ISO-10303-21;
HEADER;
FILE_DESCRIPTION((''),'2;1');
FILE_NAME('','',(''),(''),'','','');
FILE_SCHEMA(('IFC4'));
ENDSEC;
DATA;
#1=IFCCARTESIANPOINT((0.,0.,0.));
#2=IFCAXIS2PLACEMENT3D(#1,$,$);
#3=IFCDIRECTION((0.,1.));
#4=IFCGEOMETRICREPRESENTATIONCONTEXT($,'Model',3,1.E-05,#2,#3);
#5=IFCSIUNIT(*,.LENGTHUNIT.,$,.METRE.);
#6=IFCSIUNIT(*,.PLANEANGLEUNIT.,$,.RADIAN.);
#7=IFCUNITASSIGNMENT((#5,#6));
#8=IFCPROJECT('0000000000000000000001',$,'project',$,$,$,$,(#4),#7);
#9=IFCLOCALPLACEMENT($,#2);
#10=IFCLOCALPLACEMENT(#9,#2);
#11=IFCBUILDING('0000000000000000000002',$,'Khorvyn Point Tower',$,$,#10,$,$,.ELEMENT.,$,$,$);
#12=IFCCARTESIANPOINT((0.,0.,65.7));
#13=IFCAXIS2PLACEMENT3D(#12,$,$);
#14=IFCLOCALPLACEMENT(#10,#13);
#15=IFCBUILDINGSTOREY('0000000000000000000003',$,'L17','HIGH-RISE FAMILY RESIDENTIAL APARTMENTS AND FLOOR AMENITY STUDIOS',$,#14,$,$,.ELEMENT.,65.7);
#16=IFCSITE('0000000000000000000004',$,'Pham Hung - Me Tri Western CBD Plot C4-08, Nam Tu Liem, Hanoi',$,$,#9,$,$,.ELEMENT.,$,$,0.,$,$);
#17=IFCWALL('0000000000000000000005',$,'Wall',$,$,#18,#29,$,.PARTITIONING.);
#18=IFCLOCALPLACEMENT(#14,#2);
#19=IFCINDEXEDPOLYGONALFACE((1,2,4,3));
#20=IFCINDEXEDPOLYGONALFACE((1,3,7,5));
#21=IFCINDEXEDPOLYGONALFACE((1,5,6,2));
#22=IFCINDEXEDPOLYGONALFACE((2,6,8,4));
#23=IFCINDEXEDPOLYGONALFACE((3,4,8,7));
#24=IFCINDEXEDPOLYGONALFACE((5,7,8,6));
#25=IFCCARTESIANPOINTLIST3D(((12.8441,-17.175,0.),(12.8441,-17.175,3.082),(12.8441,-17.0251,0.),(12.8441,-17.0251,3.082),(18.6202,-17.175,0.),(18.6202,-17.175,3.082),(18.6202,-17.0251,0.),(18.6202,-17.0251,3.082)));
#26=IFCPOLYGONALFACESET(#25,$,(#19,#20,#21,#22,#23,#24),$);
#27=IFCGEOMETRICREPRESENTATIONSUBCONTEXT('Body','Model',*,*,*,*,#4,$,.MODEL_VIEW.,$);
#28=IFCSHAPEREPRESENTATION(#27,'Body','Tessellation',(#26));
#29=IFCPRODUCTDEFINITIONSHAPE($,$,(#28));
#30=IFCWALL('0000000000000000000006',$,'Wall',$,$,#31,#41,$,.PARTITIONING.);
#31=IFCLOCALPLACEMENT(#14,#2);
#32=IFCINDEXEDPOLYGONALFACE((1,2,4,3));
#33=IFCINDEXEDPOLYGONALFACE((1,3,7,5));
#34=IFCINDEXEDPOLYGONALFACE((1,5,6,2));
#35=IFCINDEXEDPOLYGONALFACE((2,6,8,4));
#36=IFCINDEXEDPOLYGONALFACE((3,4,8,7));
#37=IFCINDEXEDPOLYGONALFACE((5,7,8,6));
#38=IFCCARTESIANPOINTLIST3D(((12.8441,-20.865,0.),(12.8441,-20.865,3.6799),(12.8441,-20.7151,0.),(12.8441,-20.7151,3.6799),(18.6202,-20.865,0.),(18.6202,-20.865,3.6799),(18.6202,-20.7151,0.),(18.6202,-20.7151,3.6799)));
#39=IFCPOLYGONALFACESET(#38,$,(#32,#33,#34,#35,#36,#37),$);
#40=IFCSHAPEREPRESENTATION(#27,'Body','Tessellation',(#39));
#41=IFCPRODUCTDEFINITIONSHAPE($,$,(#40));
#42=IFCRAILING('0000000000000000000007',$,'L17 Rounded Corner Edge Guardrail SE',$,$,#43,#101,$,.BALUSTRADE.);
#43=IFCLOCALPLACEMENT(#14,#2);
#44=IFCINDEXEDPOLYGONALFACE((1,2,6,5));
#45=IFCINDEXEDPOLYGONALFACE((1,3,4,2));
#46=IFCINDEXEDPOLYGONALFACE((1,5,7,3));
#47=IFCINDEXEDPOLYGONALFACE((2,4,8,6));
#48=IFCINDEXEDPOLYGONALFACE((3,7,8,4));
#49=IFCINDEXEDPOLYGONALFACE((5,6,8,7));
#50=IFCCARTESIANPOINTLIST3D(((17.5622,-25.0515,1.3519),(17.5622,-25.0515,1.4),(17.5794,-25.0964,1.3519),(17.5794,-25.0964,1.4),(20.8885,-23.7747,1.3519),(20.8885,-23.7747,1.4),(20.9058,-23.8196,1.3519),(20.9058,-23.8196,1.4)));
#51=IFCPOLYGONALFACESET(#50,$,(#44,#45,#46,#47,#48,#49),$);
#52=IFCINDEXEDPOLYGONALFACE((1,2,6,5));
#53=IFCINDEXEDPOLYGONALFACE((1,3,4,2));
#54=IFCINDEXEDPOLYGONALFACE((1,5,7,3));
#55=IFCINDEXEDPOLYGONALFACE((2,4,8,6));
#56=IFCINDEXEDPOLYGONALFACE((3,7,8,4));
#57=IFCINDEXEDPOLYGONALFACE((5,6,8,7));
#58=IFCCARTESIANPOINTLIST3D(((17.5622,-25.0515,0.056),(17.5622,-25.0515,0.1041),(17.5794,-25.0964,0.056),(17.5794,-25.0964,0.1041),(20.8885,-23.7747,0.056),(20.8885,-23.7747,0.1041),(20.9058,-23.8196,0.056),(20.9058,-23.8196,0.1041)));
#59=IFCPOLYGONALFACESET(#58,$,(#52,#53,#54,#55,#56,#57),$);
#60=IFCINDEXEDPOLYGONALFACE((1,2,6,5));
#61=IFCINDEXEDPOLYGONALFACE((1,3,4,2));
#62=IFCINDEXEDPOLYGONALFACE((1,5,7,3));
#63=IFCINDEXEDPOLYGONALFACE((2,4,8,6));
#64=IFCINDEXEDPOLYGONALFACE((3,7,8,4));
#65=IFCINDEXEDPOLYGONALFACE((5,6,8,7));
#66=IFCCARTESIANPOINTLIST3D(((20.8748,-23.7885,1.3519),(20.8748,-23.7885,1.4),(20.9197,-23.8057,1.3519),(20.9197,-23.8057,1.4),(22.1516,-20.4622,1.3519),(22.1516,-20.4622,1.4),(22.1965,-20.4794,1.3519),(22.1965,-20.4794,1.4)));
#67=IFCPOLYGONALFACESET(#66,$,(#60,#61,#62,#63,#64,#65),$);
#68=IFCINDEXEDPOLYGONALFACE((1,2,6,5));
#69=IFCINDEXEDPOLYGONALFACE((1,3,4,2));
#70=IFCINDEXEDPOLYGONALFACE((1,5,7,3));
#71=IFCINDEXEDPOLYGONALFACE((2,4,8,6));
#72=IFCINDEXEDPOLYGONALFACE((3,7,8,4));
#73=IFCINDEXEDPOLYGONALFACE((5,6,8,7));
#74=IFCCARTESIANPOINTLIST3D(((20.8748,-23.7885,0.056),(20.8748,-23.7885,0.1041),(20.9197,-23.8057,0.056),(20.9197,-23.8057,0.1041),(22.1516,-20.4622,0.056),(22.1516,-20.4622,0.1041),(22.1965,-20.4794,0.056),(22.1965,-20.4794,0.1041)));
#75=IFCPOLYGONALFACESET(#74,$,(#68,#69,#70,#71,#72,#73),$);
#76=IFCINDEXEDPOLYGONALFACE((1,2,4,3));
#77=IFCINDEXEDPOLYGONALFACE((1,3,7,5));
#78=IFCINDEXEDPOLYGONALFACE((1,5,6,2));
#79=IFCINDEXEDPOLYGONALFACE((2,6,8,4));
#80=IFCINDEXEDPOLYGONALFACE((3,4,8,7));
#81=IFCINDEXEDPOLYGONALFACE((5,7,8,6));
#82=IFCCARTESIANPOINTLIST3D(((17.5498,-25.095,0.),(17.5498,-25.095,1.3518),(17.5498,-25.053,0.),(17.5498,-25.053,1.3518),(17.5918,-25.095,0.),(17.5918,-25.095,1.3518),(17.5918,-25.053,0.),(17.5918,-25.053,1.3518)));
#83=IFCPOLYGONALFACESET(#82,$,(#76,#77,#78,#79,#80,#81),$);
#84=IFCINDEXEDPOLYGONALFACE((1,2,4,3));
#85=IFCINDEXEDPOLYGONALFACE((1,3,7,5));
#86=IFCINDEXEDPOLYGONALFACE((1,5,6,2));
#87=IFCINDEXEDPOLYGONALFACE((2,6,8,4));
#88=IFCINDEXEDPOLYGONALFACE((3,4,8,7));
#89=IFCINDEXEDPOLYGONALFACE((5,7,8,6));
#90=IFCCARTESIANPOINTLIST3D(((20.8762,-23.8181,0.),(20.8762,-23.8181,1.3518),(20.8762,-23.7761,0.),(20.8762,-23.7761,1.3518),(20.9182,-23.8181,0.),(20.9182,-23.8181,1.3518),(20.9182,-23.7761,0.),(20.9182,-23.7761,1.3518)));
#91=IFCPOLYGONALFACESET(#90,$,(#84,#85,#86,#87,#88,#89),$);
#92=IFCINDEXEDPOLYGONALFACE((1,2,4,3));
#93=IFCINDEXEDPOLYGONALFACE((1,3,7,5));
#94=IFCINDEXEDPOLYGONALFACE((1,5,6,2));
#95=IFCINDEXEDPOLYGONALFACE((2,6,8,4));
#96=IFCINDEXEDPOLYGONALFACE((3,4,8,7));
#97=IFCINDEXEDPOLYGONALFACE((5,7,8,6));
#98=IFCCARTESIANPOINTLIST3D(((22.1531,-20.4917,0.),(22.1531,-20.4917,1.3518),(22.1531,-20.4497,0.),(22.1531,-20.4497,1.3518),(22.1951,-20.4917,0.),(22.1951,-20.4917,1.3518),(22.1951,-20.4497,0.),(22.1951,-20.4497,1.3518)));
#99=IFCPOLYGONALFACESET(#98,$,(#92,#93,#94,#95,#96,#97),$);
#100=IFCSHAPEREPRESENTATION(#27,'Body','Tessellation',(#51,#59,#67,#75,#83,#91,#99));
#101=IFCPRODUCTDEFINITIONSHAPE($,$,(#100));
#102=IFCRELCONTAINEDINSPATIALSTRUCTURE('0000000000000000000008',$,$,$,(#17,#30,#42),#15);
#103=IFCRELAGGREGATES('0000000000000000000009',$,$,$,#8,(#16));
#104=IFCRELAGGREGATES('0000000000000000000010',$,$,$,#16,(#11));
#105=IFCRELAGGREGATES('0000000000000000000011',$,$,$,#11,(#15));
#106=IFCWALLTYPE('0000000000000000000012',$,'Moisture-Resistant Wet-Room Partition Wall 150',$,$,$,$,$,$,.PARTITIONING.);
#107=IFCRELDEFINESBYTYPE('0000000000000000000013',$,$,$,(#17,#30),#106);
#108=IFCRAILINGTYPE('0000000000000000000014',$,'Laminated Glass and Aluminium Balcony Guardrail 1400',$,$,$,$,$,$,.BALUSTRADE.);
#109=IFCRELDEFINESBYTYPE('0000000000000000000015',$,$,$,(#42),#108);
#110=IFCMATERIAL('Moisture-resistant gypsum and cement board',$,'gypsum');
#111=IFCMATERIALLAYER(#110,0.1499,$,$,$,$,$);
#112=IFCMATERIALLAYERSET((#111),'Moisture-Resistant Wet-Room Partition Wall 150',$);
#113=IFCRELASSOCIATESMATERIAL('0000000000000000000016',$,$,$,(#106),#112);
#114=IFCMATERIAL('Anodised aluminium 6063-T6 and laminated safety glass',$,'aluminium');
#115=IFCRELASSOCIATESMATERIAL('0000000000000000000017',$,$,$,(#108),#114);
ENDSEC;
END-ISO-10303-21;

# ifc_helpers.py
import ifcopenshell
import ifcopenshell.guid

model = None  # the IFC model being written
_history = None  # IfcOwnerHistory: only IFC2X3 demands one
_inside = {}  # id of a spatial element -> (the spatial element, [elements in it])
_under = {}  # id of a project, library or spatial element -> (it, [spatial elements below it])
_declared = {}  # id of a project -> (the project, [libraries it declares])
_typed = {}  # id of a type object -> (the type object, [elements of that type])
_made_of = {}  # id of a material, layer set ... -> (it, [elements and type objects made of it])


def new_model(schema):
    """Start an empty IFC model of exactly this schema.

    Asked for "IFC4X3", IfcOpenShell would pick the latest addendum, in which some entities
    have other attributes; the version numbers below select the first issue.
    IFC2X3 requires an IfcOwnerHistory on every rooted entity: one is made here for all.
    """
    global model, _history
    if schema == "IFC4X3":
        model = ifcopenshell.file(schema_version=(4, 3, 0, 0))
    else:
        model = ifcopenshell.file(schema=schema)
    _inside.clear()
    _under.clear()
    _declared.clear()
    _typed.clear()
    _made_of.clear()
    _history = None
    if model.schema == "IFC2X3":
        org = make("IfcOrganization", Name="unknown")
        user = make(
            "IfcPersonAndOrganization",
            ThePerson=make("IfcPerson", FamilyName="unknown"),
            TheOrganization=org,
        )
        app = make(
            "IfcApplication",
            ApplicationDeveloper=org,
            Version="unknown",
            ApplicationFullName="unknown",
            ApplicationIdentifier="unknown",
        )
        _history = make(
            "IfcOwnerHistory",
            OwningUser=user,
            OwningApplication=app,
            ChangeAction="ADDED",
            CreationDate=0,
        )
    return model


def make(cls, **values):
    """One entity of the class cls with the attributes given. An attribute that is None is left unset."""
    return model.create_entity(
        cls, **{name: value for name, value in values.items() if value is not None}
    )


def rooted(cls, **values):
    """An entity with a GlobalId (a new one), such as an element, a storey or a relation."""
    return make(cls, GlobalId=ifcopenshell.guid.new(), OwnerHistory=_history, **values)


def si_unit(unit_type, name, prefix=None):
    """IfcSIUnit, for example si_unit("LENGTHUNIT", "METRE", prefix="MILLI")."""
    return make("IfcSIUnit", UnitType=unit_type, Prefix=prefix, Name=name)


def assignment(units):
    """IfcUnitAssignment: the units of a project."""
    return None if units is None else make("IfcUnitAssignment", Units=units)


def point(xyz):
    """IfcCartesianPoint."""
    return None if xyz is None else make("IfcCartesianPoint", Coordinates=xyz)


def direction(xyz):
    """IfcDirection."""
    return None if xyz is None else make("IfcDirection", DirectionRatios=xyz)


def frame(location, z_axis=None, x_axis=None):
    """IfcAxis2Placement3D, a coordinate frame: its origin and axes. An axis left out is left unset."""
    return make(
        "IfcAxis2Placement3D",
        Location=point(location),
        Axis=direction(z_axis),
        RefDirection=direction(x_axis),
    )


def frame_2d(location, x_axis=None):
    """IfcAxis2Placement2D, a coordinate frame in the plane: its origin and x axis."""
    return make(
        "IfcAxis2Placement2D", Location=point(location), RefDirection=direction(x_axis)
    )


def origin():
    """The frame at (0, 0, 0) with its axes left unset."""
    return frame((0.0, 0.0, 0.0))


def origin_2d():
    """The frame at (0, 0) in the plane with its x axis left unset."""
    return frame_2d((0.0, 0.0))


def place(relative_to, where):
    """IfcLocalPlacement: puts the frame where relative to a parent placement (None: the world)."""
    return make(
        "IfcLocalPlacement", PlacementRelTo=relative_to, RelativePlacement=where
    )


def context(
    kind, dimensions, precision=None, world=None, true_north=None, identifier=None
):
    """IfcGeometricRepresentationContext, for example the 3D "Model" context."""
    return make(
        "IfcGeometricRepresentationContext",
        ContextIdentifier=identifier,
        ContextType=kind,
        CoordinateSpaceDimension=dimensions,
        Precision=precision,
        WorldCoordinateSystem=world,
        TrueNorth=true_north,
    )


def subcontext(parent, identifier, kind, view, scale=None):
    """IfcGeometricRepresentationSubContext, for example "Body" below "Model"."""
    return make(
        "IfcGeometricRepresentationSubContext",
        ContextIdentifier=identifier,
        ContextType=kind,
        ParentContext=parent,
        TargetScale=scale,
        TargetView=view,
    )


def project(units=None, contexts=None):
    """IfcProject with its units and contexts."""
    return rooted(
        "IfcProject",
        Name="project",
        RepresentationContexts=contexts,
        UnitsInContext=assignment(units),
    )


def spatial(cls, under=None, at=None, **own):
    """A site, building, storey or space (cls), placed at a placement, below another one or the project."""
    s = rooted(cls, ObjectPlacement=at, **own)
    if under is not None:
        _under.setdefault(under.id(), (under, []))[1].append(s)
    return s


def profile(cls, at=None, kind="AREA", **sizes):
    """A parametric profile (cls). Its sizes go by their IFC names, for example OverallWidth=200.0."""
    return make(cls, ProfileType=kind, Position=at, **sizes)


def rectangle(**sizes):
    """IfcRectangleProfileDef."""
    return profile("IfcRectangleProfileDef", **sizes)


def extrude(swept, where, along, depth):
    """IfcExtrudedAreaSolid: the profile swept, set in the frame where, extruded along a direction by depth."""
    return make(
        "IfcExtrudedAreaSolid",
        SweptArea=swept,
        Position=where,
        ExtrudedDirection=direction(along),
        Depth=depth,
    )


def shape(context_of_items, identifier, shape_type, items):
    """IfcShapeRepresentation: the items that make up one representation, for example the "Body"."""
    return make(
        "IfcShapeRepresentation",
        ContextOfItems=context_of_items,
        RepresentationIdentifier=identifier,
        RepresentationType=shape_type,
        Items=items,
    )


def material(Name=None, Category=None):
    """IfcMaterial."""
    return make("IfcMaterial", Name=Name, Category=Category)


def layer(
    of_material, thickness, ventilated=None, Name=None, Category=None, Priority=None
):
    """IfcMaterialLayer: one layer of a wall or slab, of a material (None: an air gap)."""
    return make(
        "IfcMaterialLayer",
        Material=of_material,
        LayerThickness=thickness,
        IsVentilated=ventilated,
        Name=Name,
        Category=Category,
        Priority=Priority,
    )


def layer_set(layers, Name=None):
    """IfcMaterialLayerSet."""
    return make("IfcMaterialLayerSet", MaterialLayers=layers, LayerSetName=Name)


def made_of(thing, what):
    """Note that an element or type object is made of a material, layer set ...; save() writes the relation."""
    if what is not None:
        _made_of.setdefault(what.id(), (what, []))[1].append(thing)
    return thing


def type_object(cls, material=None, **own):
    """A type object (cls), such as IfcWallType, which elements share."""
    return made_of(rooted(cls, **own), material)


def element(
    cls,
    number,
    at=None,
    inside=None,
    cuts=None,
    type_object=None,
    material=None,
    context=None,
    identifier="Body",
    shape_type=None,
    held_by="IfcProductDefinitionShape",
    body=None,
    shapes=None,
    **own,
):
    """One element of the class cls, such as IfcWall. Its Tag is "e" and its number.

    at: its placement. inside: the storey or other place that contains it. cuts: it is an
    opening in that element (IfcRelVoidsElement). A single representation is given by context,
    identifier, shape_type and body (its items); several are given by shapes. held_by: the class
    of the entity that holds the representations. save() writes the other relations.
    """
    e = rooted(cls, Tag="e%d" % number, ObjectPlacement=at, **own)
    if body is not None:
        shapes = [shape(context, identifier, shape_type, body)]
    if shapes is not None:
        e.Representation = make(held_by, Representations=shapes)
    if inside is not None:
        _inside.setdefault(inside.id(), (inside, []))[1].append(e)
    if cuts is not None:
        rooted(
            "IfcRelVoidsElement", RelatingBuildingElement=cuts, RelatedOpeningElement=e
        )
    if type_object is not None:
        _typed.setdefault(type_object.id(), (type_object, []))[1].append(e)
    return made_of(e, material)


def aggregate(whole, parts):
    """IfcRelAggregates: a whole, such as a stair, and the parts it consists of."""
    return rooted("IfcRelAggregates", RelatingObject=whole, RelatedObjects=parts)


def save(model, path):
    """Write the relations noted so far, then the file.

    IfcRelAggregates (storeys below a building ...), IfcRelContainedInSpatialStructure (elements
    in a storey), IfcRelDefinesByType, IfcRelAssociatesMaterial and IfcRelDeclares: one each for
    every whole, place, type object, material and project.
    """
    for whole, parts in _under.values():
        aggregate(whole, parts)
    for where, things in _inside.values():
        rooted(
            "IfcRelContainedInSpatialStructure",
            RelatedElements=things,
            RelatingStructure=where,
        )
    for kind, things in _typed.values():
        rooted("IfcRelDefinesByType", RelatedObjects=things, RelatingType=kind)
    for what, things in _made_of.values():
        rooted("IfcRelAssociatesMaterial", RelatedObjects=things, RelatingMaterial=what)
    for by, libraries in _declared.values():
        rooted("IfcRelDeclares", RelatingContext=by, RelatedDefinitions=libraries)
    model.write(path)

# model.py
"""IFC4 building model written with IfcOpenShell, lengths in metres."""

from ifc_helpers import new_model, si_unit, direction, frame, frame_2d, origin, origin_2d, place, context, subcontext, project, spatial, rectangle, extrude, material, layer, layer_set, type_object, element, save


model = new_model("IFC4")

# Units and contexts
model_context = context("Model", 3, precision=1e-05, world=origin(), true_north=direction((0.0, 1.0)))
body_context = subcontext(model_context, "Body", "Model", "MODEL_VIEW")
ifc_project = project(units=[si_unit("LENGTHUNIT", "METRE"), si_unit("PLANEANGLEUNIT", "RADIAN")], contexts=[model_context])

# Site, building, storey
site_placement = place(None, origin())
site = spatial("IfcSite", under=ifc_project, at=site_placement, Name="Pham Hung - Me Tri Western CBD Plot C4-08, Nam Tu Liem, Hanoi", CompositionType="ELEMENT", RefElevation=0.0)
building_placement = place(site_placement, origin())
building = spatial("IfcBuilding", under=site, at=building_placement, Name="Khorvyn Point Tower", CompositionType="ELEMENT")
storey_placement = place(building_placement, frame((0.0, 0.0, 65.7)))
storey = spatial("IfcBuildingStorey", under=building, at=storey_placement, Name="L17", Description="HIGH-RISE FAMILY RESIDENTIAL APARTMENTS AND FLOOR AMENITY STUDIOS", CompositionType="ELEMENT", Elevation=65.7)

# Shared definitions
ifc_material_1 = material(Name="Moisture-resistant gypsum and cement board", Category="gypsum")
ifc_layer_1 = layer(ifc_material_1, 0.1499)
ifc_layer_set_1 = layer_set([ifc_layer_1], Name="Moisture-Resistant Wet-Room Partition Wall 150")
wall_type_1 = type_object("IfcWallType", Name="Moisture-Resistant Wet-Room Partition Wall 150", PredefinedType="PARTITIONING", material=ifc_layer_set_1)

# Walls
wall_1_placement = place(storey_placement, frame((12.844, -17.1001, 0.0), z_axis=(0.0, 0.0, 1.0), x_axis=(1.0, 0.0, 0.0)))
element("IfcWall", 1, at=wall_1_placement, inside=storey, type_object=wall_type_1, Name="Wall", PredefinedType="PARTITIONING", context=body_context, shape_type="SweptSolid", body=[
    extrude(rectangle(XDim=5.7761, YDim=0.1499, at=frame_2d((2.8882, 0.0))), origin(), (0.0, 0.0, 1.0), 3.082),
])
wall_2_placement = place(storey_placement, frame((12.844, -20.79, 0.0), z_axis=(0.0, 0.0, 1.0), x_axis=(1.0, 0.0, 0.0)))
element("IfcWall", 2, at=wall_2_placement, inside=storey, type_object=wall_type_1, Name="Wall", PredefinedType="PARTITIONING", context=body_context, shape_type="SweptSolid", body=[
    extrude(rectangle(XDim=5.7761, YDim=0.1499, at=frame_2d((2.8882, 0.0))), origin(), (0.0, 0.0, 1.0), 3.6799),
])

# Railing
ifc_material_2 = material(Name="Anodised aluminium 6063-T6 and laminated safety glass", Category="aluminium")
railing_type = type_object("IfcRailingType", Name="Laminated Glass and Aluminium Balcony Guardrail 1400", PredefinedType="BALUSTRADE", material=ifc_material_2)
railing_1_placement = place(storey_placement, frame((17.5708, -25.074, 0.0)))
element("IfcRailing", 3, at=railing_1_placement, inside=storey, type_object=railing_type, Name="L17 Rounded Corner Edge Guardrail SE", PredefinedType="BALUSTRADE", context=body_context, shape_type="SweptSolid", body=[
    extrude(rectangle(XDim=0.0481, YDim=0.0481, at=origin_2d()), frame((0.0, 0.0, 1.376), z_axis=(0.933584, 0.358359, 0.0), x_axis=(-0.358359, 0.933584, 0.0)), (0.0, 0.0, 1.0), 3.563),
    extrude(rectangle(XDim=0.0481, YDim=0.0481, at=origin_2d()), frame((0.0, 0.0, 0.0801), z_axis=(0.933584, 0.358359, 0.0), x_axis=(-0.358359, 0.933584, 0.0)), (0.0, 0.0, 1.0), 3.563),
    extrude(rectangle(XDim=0.0481, YDim=0.0481, at=origin_2d()), frame((3.3264, 1.2769, 1.376), z_axis=(0.358359, 0.933584, 0.0), x_axis=(-0.933584, 0.358359, 0.0)), (0.0, 0.0, 1.0), 3.563),
    extrude(rectangle(XDim=0.0481, YDim=0.0481, at=origin_2d()), frame((3.3264, 1.2769, 0.0801), z_axis=(0.358359, 0.933584, 0.0), x_axis=(-0.933584, 0.358359, 0.0)), (0.0, 0.0, 1.0), 3.563),
    extrude(rectangle(XDim=0.042, YDim=0.042, at=origin_2d()), origin(), (0.0, 0.0, 1.0), 1.3518),
    extrude(rectangle(XDim=0.042, YDim=0.042, at=origin_2d()), frame((3.3264, 1.2769, 0.0)), (0.0, 0.0, 1.0), 1.3518),
    extrude(rectangle(XDim=0.042, YDim=0.042, at=origin_2d()), frame((4.6033, 4.6033, 0.0)), (0.0, 0.0, 1.0), 1.3518),
])

save(model, "model.ifc")
